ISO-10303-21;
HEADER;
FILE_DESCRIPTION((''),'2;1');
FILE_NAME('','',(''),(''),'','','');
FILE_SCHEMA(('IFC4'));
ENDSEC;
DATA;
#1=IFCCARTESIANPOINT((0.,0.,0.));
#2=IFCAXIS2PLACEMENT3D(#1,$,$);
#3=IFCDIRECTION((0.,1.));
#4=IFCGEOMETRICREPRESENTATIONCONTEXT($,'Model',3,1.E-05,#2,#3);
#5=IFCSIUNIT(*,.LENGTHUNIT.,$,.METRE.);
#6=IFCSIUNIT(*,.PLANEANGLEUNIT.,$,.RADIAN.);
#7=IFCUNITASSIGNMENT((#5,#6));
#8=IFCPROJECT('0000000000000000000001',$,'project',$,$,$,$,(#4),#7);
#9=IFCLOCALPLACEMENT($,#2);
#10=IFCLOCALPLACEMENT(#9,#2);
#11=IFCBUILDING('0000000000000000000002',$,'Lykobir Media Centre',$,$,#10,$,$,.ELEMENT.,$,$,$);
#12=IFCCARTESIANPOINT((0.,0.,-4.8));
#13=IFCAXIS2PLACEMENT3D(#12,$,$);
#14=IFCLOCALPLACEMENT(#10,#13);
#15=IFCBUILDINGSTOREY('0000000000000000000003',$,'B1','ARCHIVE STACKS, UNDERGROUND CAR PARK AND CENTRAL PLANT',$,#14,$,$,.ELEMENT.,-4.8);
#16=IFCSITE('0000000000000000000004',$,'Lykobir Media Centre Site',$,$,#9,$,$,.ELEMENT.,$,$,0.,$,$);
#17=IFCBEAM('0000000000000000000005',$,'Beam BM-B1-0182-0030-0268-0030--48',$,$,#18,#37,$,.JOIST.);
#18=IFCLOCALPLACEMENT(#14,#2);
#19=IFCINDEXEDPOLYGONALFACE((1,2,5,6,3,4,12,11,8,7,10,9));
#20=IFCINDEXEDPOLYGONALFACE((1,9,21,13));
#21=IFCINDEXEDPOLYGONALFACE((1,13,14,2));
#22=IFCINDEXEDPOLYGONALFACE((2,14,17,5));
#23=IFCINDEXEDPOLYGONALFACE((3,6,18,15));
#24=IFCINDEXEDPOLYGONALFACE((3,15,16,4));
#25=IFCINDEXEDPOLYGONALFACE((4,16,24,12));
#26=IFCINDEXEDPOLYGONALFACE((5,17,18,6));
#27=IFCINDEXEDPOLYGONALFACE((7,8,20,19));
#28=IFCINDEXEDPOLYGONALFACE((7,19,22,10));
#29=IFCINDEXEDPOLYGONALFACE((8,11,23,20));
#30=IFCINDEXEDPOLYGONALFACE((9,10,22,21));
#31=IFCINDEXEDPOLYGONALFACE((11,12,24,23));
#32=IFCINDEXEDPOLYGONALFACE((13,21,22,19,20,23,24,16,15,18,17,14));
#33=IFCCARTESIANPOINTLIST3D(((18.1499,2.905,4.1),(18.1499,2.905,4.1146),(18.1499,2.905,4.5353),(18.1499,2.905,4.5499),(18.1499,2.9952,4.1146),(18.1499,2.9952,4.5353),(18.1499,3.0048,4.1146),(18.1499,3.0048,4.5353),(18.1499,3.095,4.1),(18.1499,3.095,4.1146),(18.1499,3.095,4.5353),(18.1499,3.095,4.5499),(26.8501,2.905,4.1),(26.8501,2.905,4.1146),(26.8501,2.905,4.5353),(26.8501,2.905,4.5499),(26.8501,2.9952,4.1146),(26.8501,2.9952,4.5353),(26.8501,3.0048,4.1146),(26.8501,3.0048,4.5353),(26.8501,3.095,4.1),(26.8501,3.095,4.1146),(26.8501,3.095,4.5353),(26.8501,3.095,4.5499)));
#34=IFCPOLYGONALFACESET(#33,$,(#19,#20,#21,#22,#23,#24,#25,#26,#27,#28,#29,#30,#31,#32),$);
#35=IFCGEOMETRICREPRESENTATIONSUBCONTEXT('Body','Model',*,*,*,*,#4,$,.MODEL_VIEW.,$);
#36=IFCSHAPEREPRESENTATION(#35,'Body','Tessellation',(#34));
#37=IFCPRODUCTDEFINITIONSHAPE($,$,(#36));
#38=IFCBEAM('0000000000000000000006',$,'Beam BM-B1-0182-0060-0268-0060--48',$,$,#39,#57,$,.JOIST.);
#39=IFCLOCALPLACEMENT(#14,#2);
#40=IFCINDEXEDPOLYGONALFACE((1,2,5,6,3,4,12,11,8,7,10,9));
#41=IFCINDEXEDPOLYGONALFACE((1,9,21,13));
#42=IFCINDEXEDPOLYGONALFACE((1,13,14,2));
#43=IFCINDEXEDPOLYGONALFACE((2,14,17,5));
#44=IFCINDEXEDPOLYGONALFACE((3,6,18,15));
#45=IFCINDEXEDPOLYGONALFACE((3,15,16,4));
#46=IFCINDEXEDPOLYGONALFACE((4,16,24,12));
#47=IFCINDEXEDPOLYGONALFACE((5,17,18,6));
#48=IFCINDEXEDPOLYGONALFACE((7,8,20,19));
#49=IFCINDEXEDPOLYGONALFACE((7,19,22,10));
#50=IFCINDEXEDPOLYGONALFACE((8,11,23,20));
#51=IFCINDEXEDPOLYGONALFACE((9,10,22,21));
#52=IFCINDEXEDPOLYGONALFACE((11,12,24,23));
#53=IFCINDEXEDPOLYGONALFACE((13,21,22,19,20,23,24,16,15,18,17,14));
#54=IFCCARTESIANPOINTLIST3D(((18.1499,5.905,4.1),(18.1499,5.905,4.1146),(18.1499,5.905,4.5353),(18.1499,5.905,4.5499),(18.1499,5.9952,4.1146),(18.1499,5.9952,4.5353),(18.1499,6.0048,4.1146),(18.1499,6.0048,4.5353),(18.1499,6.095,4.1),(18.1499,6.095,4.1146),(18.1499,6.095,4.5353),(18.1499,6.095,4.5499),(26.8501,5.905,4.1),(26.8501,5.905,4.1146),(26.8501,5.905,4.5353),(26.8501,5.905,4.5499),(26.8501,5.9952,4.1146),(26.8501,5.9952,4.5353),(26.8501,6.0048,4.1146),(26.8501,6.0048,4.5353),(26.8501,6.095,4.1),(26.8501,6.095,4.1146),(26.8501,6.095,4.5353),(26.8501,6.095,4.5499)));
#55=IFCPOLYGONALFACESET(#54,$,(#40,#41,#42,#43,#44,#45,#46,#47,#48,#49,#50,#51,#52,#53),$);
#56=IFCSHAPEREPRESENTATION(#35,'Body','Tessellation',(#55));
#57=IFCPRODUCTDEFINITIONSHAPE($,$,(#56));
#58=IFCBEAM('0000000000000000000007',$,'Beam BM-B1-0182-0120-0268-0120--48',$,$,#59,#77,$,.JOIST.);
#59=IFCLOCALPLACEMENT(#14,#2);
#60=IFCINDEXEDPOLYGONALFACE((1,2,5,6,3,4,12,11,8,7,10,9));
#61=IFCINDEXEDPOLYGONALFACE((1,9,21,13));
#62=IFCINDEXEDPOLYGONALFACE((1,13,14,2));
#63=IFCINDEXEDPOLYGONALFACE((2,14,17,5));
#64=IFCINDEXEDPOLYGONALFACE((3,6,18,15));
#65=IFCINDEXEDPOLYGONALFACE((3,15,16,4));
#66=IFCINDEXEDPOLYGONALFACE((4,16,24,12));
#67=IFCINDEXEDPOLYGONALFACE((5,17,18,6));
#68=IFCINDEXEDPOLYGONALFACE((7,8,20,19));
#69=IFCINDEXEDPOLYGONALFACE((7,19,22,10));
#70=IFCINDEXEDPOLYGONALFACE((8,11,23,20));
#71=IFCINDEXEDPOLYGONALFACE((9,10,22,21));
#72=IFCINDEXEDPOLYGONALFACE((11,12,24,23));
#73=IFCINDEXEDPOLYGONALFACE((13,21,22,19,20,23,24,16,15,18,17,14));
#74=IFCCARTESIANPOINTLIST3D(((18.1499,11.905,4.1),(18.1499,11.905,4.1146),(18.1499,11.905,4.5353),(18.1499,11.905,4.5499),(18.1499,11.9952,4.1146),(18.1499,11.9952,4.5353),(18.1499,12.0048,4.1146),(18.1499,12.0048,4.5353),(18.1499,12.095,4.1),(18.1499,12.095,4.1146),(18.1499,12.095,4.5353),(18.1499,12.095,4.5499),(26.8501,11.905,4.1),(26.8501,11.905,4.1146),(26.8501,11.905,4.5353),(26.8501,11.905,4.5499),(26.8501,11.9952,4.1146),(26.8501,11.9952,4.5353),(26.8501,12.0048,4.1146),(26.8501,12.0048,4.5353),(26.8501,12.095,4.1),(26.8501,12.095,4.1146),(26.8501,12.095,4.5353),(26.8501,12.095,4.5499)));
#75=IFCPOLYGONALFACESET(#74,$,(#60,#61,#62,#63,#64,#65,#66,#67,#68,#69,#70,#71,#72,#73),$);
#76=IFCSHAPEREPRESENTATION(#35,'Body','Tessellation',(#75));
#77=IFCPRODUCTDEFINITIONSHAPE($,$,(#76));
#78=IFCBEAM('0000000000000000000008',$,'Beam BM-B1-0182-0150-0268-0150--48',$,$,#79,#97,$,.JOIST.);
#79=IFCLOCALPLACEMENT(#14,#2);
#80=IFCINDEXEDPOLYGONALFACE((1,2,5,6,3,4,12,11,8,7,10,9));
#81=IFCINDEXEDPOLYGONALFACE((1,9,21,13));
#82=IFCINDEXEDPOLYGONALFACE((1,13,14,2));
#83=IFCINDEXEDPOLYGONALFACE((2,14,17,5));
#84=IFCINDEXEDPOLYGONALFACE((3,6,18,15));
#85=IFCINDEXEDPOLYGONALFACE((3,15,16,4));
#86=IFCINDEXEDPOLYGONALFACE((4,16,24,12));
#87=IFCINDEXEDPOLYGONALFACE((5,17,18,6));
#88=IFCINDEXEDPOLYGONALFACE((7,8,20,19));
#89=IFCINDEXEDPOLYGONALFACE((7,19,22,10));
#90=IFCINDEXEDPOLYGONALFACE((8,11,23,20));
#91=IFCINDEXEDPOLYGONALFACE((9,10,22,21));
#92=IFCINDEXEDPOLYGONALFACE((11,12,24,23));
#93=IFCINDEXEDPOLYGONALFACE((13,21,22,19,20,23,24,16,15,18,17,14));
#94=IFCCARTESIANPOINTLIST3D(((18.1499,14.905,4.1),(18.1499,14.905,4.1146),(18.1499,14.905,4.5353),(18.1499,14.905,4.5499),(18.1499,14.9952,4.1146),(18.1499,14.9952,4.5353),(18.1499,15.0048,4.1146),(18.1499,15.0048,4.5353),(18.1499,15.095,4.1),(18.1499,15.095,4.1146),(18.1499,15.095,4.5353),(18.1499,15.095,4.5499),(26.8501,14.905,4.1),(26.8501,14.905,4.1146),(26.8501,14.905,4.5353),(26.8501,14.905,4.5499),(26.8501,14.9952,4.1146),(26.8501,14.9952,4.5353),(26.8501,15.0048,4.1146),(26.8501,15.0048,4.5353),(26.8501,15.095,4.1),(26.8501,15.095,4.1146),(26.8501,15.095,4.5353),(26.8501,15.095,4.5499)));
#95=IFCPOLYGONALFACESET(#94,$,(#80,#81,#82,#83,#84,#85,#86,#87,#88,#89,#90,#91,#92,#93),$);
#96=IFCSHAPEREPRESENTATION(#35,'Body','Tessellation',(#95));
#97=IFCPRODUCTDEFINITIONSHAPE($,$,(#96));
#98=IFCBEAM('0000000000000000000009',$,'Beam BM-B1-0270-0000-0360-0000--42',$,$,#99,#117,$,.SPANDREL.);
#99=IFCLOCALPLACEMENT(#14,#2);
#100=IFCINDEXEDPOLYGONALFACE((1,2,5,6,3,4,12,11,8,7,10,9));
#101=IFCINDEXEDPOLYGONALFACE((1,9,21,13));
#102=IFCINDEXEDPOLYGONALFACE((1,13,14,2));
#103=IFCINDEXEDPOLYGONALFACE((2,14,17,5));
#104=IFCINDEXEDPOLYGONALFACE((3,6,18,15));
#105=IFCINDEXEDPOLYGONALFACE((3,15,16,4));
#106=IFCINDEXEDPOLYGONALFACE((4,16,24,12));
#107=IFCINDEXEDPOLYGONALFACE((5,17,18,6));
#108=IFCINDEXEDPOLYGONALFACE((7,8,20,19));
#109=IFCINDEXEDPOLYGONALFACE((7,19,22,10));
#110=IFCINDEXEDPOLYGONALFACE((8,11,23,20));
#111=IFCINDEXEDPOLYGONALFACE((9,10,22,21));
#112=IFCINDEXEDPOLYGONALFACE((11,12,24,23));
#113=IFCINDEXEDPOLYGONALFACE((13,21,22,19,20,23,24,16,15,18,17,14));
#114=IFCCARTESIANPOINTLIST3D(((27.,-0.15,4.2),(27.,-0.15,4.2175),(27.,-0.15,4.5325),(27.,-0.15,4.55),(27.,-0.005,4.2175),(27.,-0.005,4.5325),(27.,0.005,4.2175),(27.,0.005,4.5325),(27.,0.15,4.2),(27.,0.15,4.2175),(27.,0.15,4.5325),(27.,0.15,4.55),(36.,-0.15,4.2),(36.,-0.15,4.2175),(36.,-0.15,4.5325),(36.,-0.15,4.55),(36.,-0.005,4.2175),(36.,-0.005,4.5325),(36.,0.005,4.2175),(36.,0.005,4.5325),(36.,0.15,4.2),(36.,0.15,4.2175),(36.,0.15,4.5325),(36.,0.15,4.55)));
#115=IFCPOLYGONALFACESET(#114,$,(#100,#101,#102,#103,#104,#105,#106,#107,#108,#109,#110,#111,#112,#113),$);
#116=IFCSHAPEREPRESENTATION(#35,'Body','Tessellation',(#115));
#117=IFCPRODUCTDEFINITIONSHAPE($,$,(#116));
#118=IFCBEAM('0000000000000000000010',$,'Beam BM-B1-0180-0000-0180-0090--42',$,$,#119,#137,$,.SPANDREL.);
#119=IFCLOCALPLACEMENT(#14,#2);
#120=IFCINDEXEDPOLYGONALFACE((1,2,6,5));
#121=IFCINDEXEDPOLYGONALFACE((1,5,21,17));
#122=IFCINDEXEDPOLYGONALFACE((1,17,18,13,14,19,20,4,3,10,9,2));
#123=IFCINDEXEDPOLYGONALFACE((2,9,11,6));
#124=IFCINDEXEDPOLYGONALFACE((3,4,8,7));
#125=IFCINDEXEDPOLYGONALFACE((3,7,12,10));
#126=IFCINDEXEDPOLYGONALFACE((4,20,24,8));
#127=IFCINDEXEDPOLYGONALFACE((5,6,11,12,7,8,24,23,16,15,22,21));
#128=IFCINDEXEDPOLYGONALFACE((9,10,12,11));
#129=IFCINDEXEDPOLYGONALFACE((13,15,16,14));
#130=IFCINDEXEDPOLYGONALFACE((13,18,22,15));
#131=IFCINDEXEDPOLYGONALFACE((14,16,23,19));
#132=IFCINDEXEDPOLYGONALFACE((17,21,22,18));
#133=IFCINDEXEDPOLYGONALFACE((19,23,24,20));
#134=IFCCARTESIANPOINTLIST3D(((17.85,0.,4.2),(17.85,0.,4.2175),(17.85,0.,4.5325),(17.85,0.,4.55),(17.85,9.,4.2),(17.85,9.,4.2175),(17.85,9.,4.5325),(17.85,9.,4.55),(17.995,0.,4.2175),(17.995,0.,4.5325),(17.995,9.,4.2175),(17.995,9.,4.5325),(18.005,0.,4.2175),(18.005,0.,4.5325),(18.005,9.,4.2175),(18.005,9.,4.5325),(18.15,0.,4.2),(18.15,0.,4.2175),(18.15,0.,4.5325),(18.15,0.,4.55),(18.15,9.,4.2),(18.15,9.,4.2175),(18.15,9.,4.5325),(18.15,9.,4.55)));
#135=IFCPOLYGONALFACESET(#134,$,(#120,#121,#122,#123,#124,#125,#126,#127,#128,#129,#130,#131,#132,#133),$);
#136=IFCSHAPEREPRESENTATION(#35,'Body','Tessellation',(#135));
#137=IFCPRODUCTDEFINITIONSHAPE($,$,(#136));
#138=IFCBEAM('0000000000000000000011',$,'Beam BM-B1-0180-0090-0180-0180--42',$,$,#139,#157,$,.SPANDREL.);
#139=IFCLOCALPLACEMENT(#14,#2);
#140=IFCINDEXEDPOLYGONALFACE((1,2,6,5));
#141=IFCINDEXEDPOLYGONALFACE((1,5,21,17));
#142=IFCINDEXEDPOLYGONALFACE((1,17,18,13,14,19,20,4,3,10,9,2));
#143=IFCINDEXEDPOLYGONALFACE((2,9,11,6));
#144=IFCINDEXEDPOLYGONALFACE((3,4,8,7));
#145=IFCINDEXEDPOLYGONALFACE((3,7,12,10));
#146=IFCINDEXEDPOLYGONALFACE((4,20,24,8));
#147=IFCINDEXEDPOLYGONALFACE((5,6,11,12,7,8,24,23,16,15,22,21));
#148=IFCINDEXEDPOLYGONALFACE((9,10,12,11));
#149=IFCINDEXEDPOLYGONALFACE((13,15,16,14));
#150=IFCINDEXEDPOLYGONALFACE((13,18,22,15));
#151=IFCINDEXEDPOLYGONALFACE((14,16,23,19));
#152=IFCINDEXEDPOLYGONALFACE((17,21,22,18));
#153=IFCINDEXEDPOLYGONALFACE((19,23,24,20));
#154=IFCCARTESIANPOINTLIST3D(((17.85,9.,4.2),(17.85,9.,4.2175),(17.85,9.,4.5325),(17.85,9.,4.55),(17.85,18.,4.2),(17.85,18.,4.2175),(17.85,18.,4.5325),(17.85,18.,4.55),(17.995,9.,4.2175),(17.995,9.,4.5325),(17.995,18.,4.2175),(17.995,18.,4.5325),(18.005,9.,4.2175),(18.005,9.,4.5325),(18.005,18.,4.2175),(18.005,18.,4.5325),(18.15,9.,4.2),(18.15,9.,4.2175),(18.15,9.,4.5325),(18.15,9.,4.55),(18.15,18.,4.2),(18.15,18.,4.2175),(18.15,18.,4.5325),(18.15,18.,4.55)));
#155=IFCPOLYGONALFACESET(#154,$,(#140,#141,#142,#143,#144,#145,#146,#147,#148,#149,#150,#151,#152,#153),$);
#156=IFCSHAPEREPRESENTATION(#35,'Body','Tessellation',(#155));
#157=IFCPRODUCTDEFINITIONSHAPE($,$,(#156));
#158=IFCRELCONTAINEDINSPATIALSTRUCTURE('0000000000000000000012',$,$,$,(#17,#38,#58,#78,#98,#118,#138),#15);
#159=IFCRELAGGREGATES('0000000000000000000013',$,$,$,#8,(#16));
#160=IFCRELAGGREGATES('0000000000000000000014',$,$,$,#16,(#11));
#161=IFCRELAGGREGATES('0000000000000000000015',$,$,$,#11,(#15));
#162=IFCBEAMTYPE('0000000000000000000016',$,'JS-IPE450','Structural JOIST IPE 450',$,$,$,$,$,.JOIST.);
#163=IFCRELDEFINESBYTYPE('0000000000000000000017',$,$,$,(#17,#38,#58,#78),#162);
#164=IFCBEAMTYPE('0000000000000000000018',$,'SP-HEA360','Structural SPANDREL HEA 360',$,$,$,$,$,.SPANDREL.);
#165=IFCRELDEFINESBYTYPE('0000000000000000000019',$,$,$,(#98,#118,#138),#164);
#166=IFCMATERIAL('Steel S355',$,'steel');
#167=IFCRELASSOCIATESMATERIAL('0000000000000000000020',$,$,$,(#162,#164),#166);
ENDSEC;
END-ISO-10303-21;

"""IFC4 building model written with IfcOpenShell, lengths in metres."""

from ifc_helpers import new_model, si_unit, direction, frame, origin, origin_2d, place, context, subcontext, project, spatial, i_section, extrude, material, material_profile, profile_set, type_object, element, save


model = new_model("IFC4")

# Units and contexts
model_context = context("Model", 3, precision=1e-05, world=origin(), true_north=direction((0.0, 1.0)))
body_context = subcontext(model_context, "Body", "Model", "MODEL_VIEW")
ifc_project = project(units=[si_unit("LENGTHUNIT", "METRE"), si_unit("PLANEANGLEUNIT", "RADIAN")], contexts=[model_context])

# Site, building, storey
site_placement = place(None, origin())
site = spatial("IfcSite", under=ifc_project, at=site_placement, Name="Lykobir Media Centre Site", CompositionType="ELEMENT", RefElevation=0.0)
building_placement = place(site_placement, origin())
building = spatial("IfcBuilding", under=site, at=building_placement, Name="Lykobir Media Centre", CompositionType="ELEMENT")
storey_placement = place(building_placement, frame((0.0, 0.0, -4.8)))
storey = spatial("IfcBuildingStorey", under=building, at=storey_placement, Name="B1", Description="ARCHIVE STACKS, UNDERGROUND CAR PARK AND CENTRAL PLANT", CompositionType="ELEMENT", Elevation=-4.8)

# Beams
ifc_material_1 = material(Name="Steel S355", Category="steel")
ifc_material_profile_1 = material_profile(ifc_material_1, i_section(OverallWidth=0.1899, OverallDepth=0.45, WebThickness=0.0095, FlangeThickness=0.0146, at=origin_2d()), Name="IPE 450")
ifc_profile_set_1 = profile_set([ifc_material_profile_1], Name="Steel S355")
beam_type_1 = type_object("IfcBeamType", Name="JS-IPE450", Description="Structural JOIST IPE 450", PredefinedType="JOIST", material=ifc_profile_set_1)
for number, where, z_axis, x_axis, name in (
    (1, (18.1499, 3.0, 4.325), (1.0, 0.0, 0.0), (0.0, 1.0, 0.0), "Beam BM-B1-0182-0030-0268-0030--48"),
    (2, (18.1499, 6.0, 4.325), (1.0, 0.0, 0.0), (0.0, 1.0, 0.0), "Beam BM-B1-0182-0060-0268-0060--48"),
    (3, (18.1499, 12.0, 4.325), (1.0, 0.0, 0.0), (0.0, 1.0, 0.0), "Beam BM-B1-0182-0120-0268-0120--48"),
    (4, (18.1499, 15.0, 4.325), (1.0, 0.0, 0.0), (0.0, 1.0, 0.0), "Beam BM-B1-0182-0150-0268-0150--48"),
):
    element("IfcBeam", number, at=place(storey_placement, frame(where, z_axis=z_axis, x_axis=x_axis)), inside=storey, type_object=beam_type_1, Name=name, PredefinedType="JOIST", context=body_context, shape_type="SweptSolid", body=[
        extrude(i_section(OverallWidth=0.1899, OverallDepth=0.45, WebThickness=0.0095, FlangeThickness=0.0146, at=origin_2d()), origin(), (0.0, 0.0, 1.0), 8.7002),
    ])
ifc_material_profile_2 = material_profile(ifc_material_1, i_section(OverallWidth=0.3, OverallDepth=0.3501, WebThickness=0.01, FlangeThickness=0.0176, at=origin_2d()), Name="HEA 360")
ifc_profile_set_2 = profile_set([ifc_material_profile_2], Name="Steel S355")
beam_type_2 = type_object("IfcBeamType", Name="SP-HEA360", Description="Structural SPANDREL HEA 360", PredefinedType="SPANDREL", material=ifc_profile_set_2)
for number, where, z_axis, x_axis, name in (
    (5, (27.0, 0.0, 4.375), (1.0, 0.0, 0.0), (0.0, 1.0, 0.0), "Beam BM-B1-0270-0000-0360-0000--42"),
    (6, (18.0, 0.0, 4.375), (0.0, 1.0, 0.0), (-1.0, 0.0, 0.0), "Beam BM-B1-0180-0000-0180-0090--42"),
    (7, (18.0, 9.0, 4.375), (0.0, 1.0, 0.0), (-1.0, 0.0, 0.0), "Beam BM-B1-0180-0090-0180-0180--42"),
):
    element("IfcBeam", number, at=place(storey_placement, frame(where, z_axis=z_axis, x_axis=x_axis)), inside=storey, type_object=beam_type_2, Name=name, PredefinedType="SPANDREL", context=body_context, shape_type="SweptSolid", body=[
        extrude(i_section(OverallWidth=0.3, OverallDepth=0.3501, WebThickness=0.01, FlangeThickness=0.0176, at=origin_2d()), origin(), (0.0, 0.0, 1.0), 9.0),
    ])

save(model, "model.ifc")
